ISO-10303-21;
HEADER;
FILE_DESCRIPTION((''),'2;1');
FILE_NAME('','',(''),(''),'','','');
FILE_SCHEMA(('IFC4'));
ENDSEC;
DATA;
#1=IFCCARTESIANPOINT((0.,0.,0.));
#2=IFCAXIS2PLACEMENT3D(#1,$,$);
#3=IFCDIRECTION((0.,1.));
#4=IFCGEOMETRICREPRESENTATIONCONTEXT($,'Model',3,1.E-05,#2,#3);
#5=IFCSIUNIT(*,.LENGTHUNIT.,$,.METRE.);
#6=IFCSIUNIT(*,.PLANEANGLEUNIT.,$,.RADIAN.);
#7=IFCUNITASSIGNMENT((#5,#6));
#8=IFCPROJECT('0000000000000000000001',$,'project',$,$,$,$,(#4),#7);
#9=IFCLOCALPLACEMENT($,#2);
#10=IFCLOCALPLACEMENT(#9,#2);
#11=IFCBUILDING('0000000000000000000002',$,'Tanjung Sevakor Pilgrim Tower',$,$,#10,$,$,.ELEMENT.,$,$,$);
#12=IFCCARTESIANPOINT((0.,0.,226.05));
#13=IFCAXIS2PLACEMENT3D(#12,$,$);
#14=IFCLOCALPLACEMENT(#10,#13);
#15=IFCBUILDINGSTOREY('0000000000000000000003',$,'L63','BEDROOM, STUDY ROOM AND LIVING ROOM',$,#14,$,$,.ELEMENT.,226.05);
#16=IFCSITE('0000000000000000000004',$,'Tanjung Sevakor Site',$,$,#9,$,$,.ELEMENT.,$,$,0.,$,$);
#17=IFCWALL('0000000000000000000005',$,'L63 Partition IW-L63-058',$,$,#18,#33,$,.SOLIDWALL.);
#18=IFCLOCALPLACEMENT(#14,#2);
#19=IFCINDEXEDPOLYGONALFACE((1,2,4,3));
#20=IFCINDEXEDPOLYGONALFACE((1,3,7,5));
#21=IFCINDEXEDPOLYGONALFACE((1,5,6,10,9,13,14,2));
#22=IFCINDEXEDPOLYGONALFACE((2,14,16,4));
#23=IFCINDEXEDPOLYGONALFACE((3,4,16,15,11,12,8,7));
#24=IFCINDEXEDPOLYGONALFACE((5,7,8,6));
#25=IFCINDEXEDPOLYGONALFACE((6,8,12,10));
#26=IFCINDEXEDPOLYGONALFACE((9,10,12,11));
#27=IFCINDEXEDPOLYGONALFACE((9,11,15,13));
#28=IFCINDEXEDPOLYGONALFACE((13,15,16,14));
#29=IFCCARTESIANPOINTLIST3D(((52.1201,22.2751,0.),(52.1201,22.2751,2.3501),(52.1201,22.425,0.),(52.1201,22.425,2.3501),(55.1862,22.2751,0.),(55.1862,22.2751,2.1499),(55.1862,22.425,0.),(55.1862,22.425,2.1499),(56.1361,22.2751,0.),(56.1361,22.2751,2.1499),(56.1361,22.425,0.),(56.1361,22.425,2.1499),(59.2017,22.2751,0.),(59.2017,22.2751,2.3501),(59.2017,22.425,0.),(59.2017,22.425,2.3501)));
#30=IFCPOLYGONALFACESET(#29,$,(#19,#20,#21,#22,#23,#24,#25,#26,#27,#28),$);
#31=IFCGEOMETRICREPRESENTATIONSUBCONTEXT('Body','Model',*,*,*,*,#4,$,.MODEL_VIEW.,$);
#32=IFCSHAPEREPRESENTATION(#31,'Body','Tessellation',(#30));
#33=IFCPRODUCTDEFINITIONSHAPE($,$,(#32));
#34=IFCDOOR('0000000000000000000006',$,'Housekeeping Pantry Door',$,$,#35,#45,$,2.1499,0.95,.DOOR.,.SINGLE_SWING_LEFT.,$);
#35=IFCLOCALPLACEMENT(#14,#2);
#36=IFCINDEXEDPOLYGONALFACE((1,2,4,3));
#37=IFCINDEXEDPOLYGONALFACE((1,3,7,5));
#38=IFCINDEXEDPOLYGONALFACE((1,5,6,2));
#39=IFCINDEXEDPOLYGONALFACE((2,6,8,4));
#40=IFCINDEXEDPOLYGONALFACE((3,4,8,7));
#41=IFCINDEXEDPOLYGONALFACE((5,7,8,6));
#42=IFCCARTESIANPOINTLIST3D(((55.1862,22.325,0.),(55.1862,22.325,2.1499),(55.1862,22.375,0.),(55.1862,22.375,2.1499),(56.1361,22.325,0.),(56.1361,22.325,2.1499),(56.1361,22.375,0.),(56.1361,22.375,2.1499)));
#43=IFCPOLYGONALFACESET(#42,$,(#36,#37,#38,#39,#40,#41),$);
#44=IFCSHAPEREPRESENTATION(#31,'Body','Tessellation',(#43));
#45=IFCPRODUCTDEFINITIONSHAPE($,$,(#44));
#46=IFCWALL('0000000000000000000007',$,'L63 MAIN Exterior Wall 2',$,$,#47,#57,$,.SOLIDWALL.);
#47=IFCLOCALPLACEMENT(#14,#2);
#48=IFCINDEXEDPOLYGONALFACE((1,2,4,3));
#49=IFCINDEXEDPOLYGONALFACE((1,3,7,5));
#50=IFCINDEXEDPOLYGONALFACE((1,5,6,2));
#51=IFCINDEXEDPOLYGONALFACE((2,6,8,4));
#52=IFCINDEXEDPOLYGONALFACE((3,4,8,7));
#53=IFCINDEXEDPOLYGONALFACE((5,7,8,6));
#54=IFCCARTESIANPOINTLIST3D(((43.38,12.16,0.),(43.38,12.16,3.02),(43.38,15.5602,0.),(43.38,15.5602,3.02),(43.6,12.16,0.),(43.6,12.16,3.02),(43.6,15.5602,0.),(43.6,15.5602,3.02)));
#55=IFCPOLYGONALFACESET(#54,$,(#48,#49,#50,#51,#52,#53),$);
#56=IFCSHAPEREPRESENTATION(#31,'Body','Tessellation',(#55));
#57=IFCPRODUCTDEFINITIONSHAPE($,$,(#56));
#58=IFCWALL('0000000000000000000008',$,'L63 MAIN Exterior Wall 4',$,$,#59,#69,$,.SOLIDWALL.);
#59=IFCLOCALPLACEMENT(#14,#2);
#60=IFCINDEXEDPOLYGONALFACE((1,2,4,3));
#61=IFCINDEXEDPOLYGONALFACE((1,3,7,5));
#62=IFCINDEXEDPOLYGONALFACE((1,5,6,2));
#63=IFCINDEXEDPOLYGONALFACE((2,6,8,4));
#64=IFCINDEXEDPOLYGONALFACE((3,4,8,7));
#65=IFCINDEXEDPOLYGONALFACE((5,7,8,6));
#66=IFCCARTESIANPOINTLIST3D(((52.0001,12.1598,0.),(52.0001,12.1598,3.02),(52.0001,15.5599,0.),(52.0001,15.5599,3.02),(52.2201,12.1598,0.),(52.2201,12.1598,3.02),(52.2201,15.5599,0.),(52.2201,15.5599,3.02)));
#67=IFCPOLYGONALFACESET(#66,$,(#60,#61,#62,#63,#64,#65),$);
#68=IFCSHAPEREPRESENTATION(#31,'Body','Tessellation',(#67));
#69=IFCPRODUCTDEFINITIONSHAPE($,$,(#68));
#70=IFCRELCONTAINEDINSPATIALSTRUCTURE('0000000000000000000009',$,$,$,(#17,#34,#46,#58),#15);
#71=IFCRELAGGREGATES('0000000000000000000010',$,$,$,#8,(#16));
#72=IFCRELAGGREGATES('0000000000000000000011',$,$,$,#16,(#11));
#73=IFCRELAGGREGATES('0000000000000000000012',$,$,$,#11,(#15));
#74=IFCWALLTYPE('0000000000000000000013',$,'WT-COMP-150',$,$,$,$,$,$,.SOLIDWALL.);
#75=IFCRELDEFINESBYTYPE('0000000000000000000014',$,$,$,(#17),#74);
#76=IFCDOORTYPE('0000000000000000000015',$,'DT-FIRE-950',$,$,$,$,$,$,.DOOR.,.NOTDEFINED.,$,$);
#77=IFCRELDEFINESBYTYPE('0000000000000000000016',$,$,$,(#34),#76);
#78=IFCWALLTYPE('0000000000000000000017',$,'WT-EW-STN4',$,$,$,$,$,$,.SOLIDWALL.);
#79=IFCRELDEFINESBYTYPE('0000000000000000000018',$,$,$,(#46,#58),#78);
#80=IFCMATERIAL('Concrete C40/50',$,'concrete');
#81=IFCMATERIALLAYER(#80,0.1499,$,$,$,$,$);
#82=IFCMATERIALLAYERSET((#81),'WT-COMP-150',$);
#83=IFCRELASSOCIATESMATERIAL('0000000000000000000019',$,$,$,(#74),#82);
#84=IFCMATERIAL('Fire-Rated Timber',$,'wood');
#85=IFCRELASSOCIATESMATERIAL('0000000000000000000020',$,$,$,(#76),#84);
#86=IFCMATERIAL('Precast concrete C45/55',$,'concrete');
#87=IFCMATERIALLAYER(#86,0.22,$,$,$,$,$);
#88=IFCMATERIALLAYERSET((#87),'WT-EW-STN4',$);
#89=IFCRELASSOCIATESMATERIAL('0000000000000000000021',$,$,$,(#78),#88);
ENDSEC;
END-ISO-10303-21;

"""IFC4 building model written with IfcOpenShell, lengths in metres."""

from ifc_helpers import new_model, si_unit, direction, frame, frame_2d, origin, place, context, subcontext, project, spatial, rectangle, extrude, material, layer, layer_set, type_object, element, fill, save


model = new_model("IFC4")

# Units and contexts
model_context = context("Model", 3, precision=1e-05, world=origin(), true_north=direction((0.0, 1.0)))
body_context = subcontext(model_context, "Body", "Model", "MODEL_VIEW")
ifc_project = project(units=[si_unit("LENGTHUNIT", "METRE"), si_unit("PLANEANGLEUNIT", "RADIAN")], contexts=[model_context])

# Site, building, storey
site_placement = place(None, origin())
site = spatial("IfcSite", under=ifc_project, at=site_placement, Name="Tanjung Sevakor Site", CompositionType="ELEMENT", RefElevation=0.0)
building_placement = place(site_placement, origin())
building = spatial("IfcBuilding", under=site, at=building_placement, Name="Tanjung Sevakor Pilgrim Tower", CompositionType="ELEMENT")
storey_placement = place(building_placement, frame((0.0, 0.0, 226.05)))
storey = spatial("IfcBuildingStorey", under=building, at=storey_placement, Name="L63", Description="BEDROOM, STUDY ROOM AND LIVING ROOM", CompositionType="ELEMENT", Elevation=226.05)

# Shared definitions
ifc_material_1 = material(Name="Concrete C40/50", Category="concrete")
ifc_layer_1 = layer(ifc_material_1, 0.1499)
ifc_layer_set_1 = layer_set([ifc_layer_1], Name="WT-COMP-150")
wall_type_1 = type_object("IfcWallType", Name="WT-COMP-150", PredefinedType="SOLIDWALL", material=ifc_layer_set_1)

# Wall, opening, door
wall_1_placement = place(storey_placement, frame((52.1201, 22.3501, 0.0), z_axis=(0.0, 0.0, 1.0), x_axis=(1.0, 0.0, 0.0)))
wall_1 = element("IfcWall", 1, at=wall_1_placement, inside=storey, type_object=wall_type_1, Name="L63 Partition IW-L63-058", PredefinedType="SOLIDWALL", context=body_context, shape_type="SweptSolid", body=[
    extrude(rectangle(XDim=7.0815, YDim=0.1499, at=frame_2d((3.5408, 0.0))), origin(), (0.0, 0.0, 1.0), 2.3501),
])
opening_1_placement = place(wall_1_placement, frame((3.0659, 0.0, 0.0)))
opening_1 = element("IfcOpeningElement", 2, at=opening_1_placement, cuts=wall_1, PredefinedType="OPENING", context=body_context, shape_type="SweptSolid", body=[
    extrude(rectangle(XDim=0.95, YDim=2.1499, at=frame_2d((0.4751, 1.075))), frame((0.0, 0.085, 0.0), z_axis=(0.0, -1.0, 0.0), x_axis=(1.0, 0.0, 0.0)), (0.0, 0.0, 1.0), 0.1699),
])
ifc_material_2 = material(Name="Fire-Rated Timber", Category="wood")
door_type_1 = type_object("IfcDoorType", Name="DT-FIRE-950", OperationType="NOTDEFINED", PredefinedType="DOOR", material=ifc_material_2)
door_1_placement = place(opening_1_placement, origin())
door_1 = element("IfcDoor", 3, at=door_1_placement, inside=storey, type_object=door_type_1, Name="Housekeeping Pantry Door", OperationType="SINGLE_SWING_LEFT", OverallHeight=2.1499, OverallWidth=0.95, PredefinedType="DOOR", context=body_context, shape_type="SweptSolid", body=[
    extrude(rectangle(XDim=0.95, YDim=2.1499, at=frame_2d((0.4751, 1.075))), frame((0.0, 0.0249, 0.0), z_axis=(0.0, -1.0, 0.0), x_axis=(1.0, 0.0, 0.0)), (0.0, 0.0, 1.0), 0.05),
])
fill(opening_1, door_1)

# Walls
ifc_material_3 = material(Name="Precast concrete C45/55", Category="concrete")
ifc_layer_2 = layer(ifc_material_3, 0.22)
ifc_layer_set_2 = layer_set([ifc_layer_2], Name="WT-EW-STN4")
wall_type_2 = type_object("IfcWallType", Name="WT-EW-STN4", PredefinedType="SOLIDWALL", material=ifc_layer_set_2)
for number, where, z_axis, x_axis, name in (
    (4, (43.49, 12.1599, 0.0), (0.0, 0.0, 1.0), (0.0, 1.0, 0.0), "L63 MAIN Exterior Wall 2"),
    (5, (52.1101, 15.5601, 0.0), (0.0, 0.0, 1.0), (0.0, -1.0, 0.0), "L63 MAIN Exterior Wall 4"),
):
    element("IfcWall", number, at=place(storey_placement, frame(where, z_axis=z_axis, x_axis=x_axis)), inside=storey, type_object=wall_type_2, Name=name, PredefinedType="SOLIDWALL", context=body_context, shape_type="SweptSolid", body=[
        extrude(rectangle(XDim=3.4001, YDim=0.22, at=frame_2d((1.7002, 0.0))), origin(), (0.0, 0.0, 1.0), 3.02),
    ])

save(model, "model.ifc")
